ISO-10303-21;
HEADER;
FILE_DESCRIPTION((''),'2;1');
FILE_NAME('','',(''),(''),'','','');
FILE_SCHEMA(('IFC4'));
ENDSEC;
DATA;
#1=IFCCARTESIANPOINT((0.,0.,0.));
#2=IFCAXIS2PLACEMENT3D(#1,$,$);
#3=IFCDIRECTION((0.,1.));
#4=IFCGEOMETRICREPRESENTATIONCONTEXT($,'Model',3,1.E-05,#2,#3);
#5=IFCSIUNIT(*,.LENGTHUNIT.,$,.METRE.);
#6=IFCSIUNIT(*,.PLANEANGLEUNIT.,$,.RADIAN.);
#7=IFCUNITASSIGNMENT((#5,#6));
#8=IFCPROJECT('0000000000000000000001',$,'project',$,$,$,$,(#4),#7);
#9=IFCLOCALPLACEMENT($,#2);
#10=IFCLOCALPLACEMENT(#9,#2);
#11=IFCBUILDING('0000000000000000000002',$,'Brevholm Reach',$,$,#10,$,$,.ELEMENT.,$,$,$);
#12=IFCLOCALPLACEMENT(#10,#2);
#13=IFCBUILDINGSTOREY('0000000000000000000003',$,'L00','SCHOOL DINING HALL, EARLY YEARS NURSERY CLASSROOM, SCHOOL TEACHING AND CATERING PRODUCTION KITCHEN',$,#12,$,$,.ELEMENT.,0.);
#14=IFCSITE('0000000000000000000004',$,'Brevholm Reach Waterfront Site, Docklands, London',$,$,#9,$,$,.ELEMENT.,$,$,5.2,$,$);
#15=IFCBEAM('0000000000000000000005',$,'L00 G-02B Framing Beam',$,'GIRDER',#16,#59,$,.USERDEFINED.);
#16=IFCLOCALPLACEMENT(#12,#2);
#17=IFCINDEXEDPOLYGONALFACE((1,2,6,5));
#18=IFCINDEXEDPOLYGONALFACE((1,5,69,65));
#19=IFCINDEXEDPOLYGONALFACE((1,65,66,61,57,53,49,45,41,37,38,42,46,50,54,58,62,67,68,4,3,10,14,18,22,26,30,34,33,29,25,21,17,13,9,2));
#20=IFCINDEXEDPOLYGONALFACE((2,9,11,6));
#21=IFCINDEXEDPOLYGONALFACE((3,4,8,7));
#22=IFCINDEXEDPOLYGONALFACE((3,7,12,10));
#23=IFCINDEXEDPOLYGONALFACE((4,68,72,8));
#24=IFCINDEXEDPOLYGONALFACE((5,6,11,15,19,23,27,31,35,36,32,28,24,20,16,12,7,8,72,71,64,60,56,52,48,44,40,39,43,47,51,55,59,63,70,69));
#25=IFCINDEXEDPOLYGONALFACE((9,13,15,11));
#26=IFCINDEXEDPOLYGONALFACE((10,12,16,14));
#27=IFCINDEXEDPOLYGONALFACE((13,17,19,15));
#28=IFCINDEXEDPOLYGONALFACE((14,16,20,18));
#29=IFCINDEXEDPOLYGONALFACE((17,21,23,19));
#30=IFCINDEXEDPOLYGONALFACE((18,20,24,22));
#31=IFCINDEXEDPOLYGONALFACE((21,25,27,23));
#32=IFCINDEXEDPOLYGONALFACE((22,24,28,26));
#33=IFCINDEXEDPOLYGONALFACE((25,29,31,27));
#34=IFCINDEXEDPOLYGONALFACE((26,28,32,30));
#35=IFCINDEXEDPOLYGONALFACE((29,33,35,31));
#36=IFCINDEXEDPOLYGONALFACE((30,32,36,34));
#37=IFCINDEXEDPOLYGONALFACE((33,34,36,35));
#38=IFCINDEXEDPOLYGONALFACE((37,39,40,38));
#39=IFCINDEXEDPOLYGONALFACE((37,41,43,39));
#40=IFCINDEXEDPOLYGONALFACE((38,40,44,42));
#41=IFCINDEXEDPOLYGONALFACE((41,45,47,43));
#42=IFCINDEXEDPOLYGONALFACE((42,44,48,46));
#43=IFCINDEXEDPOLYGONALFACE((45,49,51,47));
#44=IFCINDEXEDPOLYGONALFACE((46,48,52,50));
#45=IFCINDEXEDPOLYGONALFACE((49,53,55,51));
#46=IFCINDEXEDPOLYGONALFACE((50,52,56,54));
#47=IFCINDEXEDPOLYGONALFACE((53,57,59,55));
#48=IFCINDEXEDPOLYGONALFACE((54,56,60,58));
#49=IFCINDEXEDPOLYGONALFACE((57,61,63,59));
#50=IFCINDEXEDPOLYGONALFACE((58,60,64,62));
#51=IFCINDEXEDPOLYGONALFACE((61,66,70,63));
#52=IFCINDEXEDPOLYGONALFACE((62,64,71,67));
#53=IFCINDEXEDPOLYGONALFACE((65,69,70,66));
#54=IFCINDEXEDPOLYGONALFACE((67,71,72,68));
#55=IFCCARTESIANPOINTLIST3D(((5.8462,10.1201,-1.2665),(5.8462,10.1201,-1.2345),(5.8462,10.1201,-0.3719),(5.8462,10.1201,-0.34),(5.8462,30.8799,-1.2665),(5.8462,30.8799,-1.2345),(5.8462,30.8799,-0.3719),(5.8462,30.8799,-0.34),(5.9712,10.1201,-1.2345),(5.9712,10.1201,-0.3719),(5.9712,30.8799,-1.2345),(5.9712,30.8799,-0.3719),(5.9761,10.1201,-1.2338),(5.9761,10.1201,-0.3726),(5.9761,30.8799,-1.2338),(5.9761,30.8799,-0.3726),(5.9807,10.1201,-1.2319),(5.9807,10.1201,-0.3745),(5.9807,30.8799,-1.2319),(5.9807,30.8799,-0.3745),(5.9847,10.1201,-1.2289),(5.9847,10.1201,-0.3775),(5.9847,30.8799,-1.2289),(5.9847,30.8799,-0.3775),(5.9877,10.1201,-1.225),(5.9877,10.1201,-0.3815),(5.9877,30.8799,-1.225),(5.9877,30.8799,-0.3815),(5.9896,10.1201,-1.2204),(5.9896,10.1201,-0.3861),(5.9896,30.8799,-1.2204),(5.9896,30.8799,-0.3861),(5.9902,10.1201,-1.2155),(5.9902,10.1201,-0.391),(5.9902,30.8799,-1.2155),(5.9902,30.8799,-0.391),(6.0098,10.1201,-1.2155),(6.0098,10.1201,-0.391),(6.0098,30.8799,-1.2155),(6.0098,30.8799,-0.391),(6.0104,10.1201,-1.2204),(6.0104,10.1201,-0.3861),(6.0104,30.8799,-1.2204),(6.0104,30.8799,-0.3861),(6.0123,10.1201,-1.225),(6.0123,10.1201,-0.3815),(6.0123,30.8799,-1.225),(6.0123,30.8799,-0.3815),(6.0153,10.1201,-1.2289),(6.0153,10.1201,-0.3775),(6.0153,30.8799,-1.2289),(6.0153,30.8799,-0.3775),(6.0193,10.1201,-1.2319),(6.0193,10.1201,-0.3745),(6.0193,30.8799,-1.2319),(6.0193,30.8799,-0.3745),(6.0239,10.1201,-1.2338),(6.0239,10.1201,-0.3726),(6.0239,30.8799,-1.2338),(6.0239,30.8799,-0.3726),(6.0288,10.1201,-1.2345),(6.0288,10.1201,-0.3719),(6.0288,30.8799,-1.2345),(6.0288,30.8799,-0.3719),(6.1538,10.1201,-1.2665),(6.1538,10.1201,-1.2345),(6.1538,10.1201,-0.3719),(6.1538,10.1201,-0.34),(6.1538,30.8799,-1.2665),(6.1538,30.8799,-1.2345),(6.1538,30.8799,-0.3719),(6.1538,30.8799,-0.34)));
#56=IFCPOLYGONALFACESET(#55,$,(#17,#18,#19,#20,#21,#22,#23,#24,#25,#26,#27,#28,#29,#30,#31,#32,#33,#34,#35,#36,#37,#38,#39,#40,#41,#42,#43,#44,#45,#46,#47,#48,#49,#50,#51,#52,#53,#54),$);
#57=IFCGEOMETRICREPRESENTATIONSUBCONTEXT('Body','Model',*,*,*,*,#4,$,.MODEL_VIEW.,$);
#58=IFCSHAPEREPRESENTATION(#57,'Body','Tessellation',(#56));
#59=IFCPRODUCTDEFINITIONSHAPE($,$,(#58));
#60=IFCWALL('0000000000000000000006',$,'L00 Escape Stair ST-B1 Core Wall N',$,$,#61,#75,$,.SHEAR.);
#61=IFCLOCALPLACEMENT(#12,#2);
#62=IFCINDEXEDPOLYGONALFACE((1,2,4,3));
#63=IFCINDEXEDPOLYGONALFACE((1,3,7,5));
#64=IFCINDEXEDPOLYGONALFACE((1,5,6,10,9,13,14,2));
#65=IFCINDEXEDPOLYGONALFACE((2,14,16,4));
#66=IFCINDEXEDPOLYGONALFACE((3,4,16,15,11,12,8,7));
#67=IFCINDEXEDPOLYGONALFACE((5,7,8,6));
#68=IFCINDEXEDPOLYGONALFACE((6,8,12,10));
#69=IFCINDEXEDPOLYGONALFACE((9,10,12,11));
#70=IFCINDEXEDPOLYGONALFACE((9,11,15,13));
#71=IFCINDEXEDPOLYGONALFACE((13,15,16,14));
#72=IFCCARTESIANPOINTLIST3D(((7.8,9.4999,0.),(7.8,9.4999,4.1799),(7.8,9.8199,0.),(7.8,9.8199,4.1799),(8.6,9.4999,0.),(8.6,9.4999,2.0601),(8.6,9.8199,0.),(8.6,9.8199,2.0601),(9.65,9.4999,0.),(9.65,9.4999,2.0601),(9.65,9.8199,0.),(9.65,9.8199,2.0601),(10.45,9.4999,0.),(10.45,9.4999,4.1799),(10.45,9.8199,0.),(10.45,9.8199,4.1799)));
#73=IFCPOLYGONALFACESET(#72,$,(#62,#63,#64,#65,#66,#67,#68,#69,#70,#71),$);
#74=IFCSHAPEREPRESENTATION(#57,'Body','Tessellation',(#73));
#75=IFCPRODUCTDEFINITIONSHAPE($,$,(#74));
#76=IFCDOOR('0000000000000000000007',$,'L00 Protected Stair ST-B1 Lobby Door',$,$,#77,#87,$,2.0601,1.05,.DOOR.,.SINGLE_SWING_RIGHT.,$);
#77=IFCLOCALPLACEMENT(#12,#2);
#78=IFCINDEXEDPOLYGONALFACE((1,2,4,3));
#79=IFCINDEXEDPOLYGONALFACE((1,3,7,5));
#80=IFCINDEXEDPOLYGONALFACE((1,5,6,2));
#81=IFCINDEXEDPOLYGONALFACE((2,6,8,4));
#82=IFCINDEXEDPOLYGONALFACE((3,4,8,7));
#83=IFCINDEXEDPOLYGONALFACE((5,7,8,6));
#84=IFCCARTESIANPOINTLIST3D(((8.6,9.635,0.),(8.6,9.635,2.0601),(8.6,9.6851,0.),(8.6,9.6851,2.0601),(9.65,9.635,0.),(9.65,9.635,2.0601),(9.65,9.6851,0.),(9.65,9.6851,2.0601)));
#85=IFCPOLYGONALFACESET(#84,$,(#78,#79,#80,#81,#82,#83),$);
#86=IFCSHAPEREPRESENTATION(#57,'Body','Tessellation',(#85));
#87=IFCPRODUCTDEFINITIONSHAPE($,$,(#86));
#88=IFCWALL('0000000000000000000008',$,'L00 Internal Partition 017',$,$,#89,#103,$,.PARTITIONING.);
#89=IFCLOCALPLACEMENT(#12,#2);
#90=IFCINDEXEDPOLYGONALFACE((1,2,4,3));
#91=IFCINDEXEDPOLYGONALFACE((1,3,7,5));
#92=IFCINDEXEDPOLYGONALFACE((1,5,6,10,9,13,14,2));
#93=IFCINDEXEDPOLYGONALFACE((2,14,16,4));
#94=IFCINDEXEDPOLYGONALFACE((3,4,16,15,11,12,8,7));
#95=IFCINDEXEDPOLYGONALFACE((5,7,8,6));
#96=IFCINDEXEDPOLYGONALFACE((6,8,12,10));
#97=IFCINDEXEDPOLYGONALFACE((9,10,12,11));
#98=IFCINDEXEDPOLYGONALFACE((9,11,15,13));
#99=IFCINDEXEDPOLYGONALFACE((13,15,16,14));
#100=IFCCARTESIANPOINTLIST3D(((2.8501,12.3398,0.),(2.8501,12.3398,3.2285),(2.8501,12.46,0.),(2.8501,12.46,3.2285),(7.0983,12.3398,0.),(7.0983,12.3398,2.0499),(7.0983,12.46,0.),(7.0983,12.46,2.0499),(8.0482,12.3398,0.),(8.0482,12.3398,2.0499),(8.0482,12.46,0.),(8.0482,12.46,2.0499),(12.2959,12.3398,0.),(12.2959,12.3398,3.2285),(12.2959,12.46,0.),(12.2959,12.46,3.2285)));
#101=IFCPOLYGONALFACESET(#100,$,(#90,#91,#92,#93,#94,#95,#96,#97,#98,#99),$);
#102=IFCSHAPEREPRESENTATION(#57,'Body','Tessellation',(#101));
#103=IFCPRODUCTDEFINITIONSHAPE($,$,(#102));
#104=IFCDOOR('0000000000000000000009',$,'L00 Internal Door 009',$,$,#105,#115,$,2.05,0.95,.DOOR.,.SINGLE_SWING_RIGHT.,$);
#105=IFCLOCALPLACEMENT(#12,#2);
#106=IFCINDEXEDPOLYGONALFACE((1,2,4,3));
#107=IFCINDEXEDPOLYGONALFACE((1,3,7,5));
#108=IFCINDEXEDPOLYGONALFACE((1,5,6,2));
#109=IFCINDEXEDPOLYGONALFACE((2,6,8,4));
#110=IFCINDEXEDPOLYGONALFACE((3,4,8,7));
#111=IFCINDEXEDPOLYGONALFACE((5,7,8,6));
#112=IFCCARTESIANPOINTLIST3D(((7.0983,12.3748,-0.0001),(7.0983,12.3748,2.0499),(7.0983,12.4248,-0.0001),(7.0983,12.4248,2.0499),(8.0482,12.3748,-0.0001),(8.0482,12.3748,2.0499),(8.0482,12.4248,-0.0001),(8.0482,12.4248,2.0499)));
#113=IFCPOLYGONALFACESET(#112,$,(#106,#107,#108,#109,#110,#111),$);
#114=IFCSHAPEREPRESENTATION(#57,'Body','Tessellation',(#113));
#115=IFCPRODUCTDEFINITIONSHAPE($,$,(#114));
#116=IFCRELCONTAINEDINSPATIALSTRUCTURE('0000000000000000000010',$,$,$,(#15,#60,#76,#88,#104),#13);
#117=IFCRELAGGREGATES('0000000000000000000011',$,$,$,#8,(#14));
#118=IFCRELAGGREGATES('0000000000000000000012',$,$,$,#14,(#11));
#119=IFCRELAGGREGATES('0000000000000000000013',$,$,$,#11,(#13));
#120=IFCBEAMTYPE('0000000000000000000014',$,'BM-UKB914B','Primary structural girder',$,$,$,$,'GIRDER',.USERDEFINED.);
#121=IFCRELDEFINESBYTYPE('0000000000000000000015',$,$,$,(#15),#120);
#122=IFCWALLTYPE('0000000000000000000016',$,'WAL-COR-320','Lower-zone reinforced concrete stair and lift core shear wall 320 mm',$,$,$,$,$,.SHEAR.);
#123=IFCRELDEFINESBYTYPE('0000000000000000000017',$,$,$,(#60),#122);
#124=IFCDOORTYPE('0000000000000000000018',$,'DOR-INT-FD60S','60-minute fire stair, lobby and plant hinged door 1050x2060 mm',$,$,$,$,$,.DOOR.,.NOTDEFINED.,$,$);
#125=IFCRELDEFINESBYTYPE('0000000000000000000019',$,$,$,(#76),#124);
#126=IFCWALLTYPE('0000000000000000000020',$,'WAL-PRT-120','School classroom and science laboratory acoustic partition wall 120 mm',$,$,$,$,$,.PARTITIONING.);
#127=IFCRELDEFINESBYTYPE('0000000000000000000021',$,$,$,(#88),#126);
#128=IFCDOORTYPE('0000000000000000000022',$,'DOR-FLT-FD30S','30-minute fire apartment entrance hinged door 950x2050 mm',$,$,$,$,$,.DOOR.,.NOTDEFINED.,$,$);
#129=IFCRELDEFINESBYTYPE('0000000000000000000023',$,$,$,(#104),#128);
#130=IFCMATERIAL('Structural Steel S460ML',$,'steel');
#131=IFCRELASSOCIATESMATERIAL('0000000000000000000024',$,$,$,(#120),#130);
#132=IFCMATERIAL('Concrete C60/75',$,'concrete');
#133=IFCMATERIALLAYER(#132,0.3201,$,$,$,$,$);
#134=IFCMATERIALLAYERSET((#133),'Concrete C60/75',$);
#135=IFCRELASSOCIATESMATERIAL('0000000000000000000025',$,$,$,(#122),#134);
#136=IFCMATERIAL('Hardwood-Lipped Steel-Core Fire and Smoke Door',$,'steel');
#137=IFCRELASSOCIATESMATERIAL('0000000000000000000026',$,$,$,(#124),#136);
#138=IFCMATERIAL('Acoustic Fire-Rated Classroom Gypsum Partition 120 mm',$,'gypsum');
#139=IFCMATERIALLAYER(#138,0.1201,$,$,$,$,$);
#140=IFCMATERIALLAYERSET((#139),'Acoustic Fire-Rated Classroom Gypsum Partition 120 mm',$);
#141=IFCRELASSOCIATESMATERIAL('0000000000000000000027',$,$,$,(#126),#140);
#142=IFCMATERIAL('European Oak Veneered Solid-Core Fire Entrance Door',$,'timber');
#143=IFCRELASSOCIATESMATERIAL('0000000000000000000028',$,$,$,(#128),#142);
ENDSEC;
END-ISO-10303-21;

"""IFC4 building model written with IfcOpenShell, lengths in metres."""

from ifc_helpers import new_model, si_unit, direction, frame, frame_2d, origin, origin_2d, place, context, subcontext, project, spatial, rectangle, i_section, extrude, material, layer, layer_set, material_profile, profile_set, type_object, element, fill, save


model = new_model("IFC4")

# Units and contexts
model_context = context("Model", 3, precision=1e-05, world=origin(), true_north=direction((0.0, 1.0)))
body_context = subcontext(model_context, "Body", "Model", "MODEL_VIEW")
ifc_project = project(units=[si_unit("LENGTHUNIT", "METRE"), si_unit("PLANEANGLEUNIT", "RADIAN")], contexts=[model_context])

# Site, building, storey
site_placement = place(None, origin())
site = spatial("IfcSite", under=ifc_project, at=site_placement, Name="Brevholm Reach Waterfront Site, Docklands, London", CompositionType="ELEMENT", RefElevation=5.2)
building_placement = place(site_placement, origin())
building = spatial("IfcBuilding", under=site, at=building_placement, Name="Brevholm Reach", CompositionType="ELEMENT")
storey_placement = place(building_placement, origin())
storey = spatial("IfcBuildingStorey", under=building, at=storey_placement, Name="L00", Description="SCHOOL DINING HALL, EARLY YEARS NURSERY CLASSROOM, SCHOOL TEACHING AND CATERING PRODUCTION KITCHEN", CompositionType="ELEMENT", Elevation=0.0)

# Beam
ifc_material_1 = material(Name="Structural Steel S460ML", Category="steel")
ifc_material_profile_1 = material_profile(ifc_material_1, i_section(OverallWidth=0.3076, OverallDepth=0.9265, WebThickness=0.0195, FlangeThickness=0.032, FilletRadius=0.019, at=origin_2d()), Name="UKB 914x305x289")
ifc_profile_set_1 = profile_set([ifc_material_profile_1], Name="Structural Steel S460ML")
beam_type_1 = type_object("IfcBeamType", Name="BM-UKB914B", Description="Primary structural girder", ElementType="GIRDER", PredefinedType="USERDEFINED", material=ifc_profile_set_1)
beam_1_placement = place(storey_placement, frame((6.0, 10.1201, -0.8032), z_axis=(0.0, 1.0, 0.0), x_axis=(-1.0, 0.0, 0.0)))
element("IfcBeam", 1, at=beam_1_placement, inside=storey, type_object=beam_type_1, Name="L00 G-02B Framing Beam", ObjectType="GIRDER", PredefinedType="USERDEFINED", context=body_context, shape_type="SweptSolid", body=[
    extrude(i_section(OverallWidth=0.3076, OverallDepth=0.9265, WebThickness=0.0195, FlangeThickness=0.032, FilletRadius=0.019, at=origin_2d()), origin(), (0.0, 0.0, 1.0), 20.7598),
])

# Walls, openings, doors
ifc_material_2 = material(Name="Concrete C60/75", Category="concrete")
ifc_layer_1 = layer(ifc_material_2, 0.3201)
ifc_layer_set_1 = layer_set([ifc_layer_1], Name="Concrete C60/75")
wall_type_1 = type_object("IfcWallType", Name="WAL-COR-320", Description="Lower-zone reinforced concrete stair and lift core shear wall 320 mm", PredefinedType="SHEAR", material=ifc_layer_set_1)
wall_1_placement = place(storey_placement, frame((10.45, 9.6599, 0.0), z_axis=(0.0, 0.0, 1.0), x_axis=(-1.0, 0.0, 0.0)))
wall_1 = element("IfcWall", 2, at=wall_1_placement, inside=storey, type_object=wall_type_1, Name="L00 Escape Stair ST-B1 Core Wall N", PredefinedType="SHEAR", context=body_context, shape_type="SweptSolid", body=[
    extrude(rectangle(XDim=2.6499, YDim=0.3201, at=frame_2d((1.325, 0.0))), origin(), (0.0, 0.0, 1.0), 4.1799),
])
opening_1_placement = place(wall_1_placement, frame((0.8, 0.0, 0.0)))
opening_1 = element("IfcOpeningElement", 3, at=opening_1_placement, cuts=wall_1, PredefinedType="OPENING", context=body_context, shape_type="SweptSolid", body=[
    extrude(rectangle(XDim=1.05, YDim=2.0601, at=frame_2d((0.5249, 1.03))), frame((0.0, 0.1699, 0.0), z_axis=(0.0, -1.0, 0.0), x_axis=(1.0, 0.0, 0.0)), (0.0, 0.0, 1.0), 0.3401),
])
ifc_material_3 = material(Name="Hardwood-Lipped Steel-Core Fire and Smoke Door", Category="steel")
door_type_1 = type_object("IfcDoorType", Name="DOR-INT-FD60S", Description="60-minute fire stair, lobby and plant hinged door 1050x2060 mm", OperationType="NOTDEFINED", PredefinedType="DOOR", material=ifc_material_3)
door_1_placement = place(opening_1_placement, origin())
door_1 = element("IfcDoor", 4, at=door_1_placement, inside=storey, type_object=door_type_1, Name="L00 Protected Stair ST-B1 Lobby Door", OperationType="SINGLE_SWING_RIGHT", OverallHeight=2.0601, OverallWidth=1.05, PredefinedType="DOOR", context=body_context, shape_type="SweptSolid", body=[
    extrude(rectangle(XDim=1.05, YDim=2.0601, at=frame_2d((0.5249, 1.03))), frame((0.0, 0.0249, 0.0), z_axis=(0.0, -1.0, 0.0), x_axis=(1.0, 0.0, 0.0)), (0.0, 0.0, 1.0), 0.05),
])
fill(opening_1, door_1)
ifc_material_4 = material(Name="Acoustic Fire-Rated Classroom Gypsum Partition 120 mm", Category="gypsum")
ifc_layer_2 = layer(ifc_material_4, 0.1201)
ifc_layer_set_2 = layer_set([ifc_layer_2], Name="Acoustic Fire-Rated Classroom Gypsum Partition 120 mm")
wall_type_2 = type_object("IfcWallType", Name="WAL-PRT-120", Description="School classroom and science laboratory acoustic partition wall 120 mm", PredefinedType="PARTITIONING", material=ifc_layer_set_2)
wall_2_placement = place(storey_placement, frame((2.8501, 12.3999, 0.0), z_axis=(0.0, 0.0, 1.0), x_axis=(1.0, 0.0, 0.0)))
wall_2 = element("IfcWall", 5, at=wall_2_placement, inside=storey, type_object=wall_type_2, Name="L00 Internal Partition 017", PredefinedType="PARTITIONING", context=body_context, shape_type="SweptSolid", body=[
    extrude(rectangle(XDim=9.4458, YDim=0.1201, at=frame_2d((4.7229, 0.0))), origin(), (0.0, 0.0, 1.0), 3.2285),
])
opening_2_placement = place(wall_2_placement, frame((4.248, 0.0, 0.0)))
opening_2 = element("IfcOpeningElement", 6, at=opening_2_placement, cuts=wall_2, PredefinedType="OPENING", context=body_context, shape_type="SweptSolid", body=[
    extrude(rectangle(XDim=0.95, YDim=2.05, at=frame_2d((0.4751, 1.0249))), frame((0.0, 0.0701, 0.0), z_axis=(0.0, -1.0, 0.0), x_axis=(1.0, 0.0, 0.0)), (0.0, 0.0, 1.0), 0.1401),
])
ifc_material_5 = material(Name="European Oak Veneered Solid-Core Fire Entrance Door", Category="timber")
door_type_2 = type_object("IfcDoorType", Name="DOR-FLT-FD30S", Description="30-minute fire apartment entrance hinged door 950x2050 mm", OperationType="NOTDEFINED", PredefinedType="DOOR", material=ifc_material_5)
door_2_placement = place(opening_2_placement, origin())
door_2 = element("IfcDoor", 7, at=door_2_placement, inside=storey, type_object=door_type_2, Name="L00 Internal Door 009", OperationType="SINGLE_SWING_RIGHT", OverallHeight=2.05, OverallWidth=0.95, PredefinedType="DOOR", context=body_context, shape_type="SweptSolid", body=[
    extrude(rectangle(XDim=0.95, YDim=2.05, at=frame_2d((0.4751, 1.0249))), frame((0.0, 0.0249, 0.0), z_axis=(0.0, -1.0, 0.0), x_axis=(1.0, 0.0, 0.0)), (0.0, 0.0, 1.0), 0.05),
])
fill(opening_2, door_2)

save(model, "model.ifc")
